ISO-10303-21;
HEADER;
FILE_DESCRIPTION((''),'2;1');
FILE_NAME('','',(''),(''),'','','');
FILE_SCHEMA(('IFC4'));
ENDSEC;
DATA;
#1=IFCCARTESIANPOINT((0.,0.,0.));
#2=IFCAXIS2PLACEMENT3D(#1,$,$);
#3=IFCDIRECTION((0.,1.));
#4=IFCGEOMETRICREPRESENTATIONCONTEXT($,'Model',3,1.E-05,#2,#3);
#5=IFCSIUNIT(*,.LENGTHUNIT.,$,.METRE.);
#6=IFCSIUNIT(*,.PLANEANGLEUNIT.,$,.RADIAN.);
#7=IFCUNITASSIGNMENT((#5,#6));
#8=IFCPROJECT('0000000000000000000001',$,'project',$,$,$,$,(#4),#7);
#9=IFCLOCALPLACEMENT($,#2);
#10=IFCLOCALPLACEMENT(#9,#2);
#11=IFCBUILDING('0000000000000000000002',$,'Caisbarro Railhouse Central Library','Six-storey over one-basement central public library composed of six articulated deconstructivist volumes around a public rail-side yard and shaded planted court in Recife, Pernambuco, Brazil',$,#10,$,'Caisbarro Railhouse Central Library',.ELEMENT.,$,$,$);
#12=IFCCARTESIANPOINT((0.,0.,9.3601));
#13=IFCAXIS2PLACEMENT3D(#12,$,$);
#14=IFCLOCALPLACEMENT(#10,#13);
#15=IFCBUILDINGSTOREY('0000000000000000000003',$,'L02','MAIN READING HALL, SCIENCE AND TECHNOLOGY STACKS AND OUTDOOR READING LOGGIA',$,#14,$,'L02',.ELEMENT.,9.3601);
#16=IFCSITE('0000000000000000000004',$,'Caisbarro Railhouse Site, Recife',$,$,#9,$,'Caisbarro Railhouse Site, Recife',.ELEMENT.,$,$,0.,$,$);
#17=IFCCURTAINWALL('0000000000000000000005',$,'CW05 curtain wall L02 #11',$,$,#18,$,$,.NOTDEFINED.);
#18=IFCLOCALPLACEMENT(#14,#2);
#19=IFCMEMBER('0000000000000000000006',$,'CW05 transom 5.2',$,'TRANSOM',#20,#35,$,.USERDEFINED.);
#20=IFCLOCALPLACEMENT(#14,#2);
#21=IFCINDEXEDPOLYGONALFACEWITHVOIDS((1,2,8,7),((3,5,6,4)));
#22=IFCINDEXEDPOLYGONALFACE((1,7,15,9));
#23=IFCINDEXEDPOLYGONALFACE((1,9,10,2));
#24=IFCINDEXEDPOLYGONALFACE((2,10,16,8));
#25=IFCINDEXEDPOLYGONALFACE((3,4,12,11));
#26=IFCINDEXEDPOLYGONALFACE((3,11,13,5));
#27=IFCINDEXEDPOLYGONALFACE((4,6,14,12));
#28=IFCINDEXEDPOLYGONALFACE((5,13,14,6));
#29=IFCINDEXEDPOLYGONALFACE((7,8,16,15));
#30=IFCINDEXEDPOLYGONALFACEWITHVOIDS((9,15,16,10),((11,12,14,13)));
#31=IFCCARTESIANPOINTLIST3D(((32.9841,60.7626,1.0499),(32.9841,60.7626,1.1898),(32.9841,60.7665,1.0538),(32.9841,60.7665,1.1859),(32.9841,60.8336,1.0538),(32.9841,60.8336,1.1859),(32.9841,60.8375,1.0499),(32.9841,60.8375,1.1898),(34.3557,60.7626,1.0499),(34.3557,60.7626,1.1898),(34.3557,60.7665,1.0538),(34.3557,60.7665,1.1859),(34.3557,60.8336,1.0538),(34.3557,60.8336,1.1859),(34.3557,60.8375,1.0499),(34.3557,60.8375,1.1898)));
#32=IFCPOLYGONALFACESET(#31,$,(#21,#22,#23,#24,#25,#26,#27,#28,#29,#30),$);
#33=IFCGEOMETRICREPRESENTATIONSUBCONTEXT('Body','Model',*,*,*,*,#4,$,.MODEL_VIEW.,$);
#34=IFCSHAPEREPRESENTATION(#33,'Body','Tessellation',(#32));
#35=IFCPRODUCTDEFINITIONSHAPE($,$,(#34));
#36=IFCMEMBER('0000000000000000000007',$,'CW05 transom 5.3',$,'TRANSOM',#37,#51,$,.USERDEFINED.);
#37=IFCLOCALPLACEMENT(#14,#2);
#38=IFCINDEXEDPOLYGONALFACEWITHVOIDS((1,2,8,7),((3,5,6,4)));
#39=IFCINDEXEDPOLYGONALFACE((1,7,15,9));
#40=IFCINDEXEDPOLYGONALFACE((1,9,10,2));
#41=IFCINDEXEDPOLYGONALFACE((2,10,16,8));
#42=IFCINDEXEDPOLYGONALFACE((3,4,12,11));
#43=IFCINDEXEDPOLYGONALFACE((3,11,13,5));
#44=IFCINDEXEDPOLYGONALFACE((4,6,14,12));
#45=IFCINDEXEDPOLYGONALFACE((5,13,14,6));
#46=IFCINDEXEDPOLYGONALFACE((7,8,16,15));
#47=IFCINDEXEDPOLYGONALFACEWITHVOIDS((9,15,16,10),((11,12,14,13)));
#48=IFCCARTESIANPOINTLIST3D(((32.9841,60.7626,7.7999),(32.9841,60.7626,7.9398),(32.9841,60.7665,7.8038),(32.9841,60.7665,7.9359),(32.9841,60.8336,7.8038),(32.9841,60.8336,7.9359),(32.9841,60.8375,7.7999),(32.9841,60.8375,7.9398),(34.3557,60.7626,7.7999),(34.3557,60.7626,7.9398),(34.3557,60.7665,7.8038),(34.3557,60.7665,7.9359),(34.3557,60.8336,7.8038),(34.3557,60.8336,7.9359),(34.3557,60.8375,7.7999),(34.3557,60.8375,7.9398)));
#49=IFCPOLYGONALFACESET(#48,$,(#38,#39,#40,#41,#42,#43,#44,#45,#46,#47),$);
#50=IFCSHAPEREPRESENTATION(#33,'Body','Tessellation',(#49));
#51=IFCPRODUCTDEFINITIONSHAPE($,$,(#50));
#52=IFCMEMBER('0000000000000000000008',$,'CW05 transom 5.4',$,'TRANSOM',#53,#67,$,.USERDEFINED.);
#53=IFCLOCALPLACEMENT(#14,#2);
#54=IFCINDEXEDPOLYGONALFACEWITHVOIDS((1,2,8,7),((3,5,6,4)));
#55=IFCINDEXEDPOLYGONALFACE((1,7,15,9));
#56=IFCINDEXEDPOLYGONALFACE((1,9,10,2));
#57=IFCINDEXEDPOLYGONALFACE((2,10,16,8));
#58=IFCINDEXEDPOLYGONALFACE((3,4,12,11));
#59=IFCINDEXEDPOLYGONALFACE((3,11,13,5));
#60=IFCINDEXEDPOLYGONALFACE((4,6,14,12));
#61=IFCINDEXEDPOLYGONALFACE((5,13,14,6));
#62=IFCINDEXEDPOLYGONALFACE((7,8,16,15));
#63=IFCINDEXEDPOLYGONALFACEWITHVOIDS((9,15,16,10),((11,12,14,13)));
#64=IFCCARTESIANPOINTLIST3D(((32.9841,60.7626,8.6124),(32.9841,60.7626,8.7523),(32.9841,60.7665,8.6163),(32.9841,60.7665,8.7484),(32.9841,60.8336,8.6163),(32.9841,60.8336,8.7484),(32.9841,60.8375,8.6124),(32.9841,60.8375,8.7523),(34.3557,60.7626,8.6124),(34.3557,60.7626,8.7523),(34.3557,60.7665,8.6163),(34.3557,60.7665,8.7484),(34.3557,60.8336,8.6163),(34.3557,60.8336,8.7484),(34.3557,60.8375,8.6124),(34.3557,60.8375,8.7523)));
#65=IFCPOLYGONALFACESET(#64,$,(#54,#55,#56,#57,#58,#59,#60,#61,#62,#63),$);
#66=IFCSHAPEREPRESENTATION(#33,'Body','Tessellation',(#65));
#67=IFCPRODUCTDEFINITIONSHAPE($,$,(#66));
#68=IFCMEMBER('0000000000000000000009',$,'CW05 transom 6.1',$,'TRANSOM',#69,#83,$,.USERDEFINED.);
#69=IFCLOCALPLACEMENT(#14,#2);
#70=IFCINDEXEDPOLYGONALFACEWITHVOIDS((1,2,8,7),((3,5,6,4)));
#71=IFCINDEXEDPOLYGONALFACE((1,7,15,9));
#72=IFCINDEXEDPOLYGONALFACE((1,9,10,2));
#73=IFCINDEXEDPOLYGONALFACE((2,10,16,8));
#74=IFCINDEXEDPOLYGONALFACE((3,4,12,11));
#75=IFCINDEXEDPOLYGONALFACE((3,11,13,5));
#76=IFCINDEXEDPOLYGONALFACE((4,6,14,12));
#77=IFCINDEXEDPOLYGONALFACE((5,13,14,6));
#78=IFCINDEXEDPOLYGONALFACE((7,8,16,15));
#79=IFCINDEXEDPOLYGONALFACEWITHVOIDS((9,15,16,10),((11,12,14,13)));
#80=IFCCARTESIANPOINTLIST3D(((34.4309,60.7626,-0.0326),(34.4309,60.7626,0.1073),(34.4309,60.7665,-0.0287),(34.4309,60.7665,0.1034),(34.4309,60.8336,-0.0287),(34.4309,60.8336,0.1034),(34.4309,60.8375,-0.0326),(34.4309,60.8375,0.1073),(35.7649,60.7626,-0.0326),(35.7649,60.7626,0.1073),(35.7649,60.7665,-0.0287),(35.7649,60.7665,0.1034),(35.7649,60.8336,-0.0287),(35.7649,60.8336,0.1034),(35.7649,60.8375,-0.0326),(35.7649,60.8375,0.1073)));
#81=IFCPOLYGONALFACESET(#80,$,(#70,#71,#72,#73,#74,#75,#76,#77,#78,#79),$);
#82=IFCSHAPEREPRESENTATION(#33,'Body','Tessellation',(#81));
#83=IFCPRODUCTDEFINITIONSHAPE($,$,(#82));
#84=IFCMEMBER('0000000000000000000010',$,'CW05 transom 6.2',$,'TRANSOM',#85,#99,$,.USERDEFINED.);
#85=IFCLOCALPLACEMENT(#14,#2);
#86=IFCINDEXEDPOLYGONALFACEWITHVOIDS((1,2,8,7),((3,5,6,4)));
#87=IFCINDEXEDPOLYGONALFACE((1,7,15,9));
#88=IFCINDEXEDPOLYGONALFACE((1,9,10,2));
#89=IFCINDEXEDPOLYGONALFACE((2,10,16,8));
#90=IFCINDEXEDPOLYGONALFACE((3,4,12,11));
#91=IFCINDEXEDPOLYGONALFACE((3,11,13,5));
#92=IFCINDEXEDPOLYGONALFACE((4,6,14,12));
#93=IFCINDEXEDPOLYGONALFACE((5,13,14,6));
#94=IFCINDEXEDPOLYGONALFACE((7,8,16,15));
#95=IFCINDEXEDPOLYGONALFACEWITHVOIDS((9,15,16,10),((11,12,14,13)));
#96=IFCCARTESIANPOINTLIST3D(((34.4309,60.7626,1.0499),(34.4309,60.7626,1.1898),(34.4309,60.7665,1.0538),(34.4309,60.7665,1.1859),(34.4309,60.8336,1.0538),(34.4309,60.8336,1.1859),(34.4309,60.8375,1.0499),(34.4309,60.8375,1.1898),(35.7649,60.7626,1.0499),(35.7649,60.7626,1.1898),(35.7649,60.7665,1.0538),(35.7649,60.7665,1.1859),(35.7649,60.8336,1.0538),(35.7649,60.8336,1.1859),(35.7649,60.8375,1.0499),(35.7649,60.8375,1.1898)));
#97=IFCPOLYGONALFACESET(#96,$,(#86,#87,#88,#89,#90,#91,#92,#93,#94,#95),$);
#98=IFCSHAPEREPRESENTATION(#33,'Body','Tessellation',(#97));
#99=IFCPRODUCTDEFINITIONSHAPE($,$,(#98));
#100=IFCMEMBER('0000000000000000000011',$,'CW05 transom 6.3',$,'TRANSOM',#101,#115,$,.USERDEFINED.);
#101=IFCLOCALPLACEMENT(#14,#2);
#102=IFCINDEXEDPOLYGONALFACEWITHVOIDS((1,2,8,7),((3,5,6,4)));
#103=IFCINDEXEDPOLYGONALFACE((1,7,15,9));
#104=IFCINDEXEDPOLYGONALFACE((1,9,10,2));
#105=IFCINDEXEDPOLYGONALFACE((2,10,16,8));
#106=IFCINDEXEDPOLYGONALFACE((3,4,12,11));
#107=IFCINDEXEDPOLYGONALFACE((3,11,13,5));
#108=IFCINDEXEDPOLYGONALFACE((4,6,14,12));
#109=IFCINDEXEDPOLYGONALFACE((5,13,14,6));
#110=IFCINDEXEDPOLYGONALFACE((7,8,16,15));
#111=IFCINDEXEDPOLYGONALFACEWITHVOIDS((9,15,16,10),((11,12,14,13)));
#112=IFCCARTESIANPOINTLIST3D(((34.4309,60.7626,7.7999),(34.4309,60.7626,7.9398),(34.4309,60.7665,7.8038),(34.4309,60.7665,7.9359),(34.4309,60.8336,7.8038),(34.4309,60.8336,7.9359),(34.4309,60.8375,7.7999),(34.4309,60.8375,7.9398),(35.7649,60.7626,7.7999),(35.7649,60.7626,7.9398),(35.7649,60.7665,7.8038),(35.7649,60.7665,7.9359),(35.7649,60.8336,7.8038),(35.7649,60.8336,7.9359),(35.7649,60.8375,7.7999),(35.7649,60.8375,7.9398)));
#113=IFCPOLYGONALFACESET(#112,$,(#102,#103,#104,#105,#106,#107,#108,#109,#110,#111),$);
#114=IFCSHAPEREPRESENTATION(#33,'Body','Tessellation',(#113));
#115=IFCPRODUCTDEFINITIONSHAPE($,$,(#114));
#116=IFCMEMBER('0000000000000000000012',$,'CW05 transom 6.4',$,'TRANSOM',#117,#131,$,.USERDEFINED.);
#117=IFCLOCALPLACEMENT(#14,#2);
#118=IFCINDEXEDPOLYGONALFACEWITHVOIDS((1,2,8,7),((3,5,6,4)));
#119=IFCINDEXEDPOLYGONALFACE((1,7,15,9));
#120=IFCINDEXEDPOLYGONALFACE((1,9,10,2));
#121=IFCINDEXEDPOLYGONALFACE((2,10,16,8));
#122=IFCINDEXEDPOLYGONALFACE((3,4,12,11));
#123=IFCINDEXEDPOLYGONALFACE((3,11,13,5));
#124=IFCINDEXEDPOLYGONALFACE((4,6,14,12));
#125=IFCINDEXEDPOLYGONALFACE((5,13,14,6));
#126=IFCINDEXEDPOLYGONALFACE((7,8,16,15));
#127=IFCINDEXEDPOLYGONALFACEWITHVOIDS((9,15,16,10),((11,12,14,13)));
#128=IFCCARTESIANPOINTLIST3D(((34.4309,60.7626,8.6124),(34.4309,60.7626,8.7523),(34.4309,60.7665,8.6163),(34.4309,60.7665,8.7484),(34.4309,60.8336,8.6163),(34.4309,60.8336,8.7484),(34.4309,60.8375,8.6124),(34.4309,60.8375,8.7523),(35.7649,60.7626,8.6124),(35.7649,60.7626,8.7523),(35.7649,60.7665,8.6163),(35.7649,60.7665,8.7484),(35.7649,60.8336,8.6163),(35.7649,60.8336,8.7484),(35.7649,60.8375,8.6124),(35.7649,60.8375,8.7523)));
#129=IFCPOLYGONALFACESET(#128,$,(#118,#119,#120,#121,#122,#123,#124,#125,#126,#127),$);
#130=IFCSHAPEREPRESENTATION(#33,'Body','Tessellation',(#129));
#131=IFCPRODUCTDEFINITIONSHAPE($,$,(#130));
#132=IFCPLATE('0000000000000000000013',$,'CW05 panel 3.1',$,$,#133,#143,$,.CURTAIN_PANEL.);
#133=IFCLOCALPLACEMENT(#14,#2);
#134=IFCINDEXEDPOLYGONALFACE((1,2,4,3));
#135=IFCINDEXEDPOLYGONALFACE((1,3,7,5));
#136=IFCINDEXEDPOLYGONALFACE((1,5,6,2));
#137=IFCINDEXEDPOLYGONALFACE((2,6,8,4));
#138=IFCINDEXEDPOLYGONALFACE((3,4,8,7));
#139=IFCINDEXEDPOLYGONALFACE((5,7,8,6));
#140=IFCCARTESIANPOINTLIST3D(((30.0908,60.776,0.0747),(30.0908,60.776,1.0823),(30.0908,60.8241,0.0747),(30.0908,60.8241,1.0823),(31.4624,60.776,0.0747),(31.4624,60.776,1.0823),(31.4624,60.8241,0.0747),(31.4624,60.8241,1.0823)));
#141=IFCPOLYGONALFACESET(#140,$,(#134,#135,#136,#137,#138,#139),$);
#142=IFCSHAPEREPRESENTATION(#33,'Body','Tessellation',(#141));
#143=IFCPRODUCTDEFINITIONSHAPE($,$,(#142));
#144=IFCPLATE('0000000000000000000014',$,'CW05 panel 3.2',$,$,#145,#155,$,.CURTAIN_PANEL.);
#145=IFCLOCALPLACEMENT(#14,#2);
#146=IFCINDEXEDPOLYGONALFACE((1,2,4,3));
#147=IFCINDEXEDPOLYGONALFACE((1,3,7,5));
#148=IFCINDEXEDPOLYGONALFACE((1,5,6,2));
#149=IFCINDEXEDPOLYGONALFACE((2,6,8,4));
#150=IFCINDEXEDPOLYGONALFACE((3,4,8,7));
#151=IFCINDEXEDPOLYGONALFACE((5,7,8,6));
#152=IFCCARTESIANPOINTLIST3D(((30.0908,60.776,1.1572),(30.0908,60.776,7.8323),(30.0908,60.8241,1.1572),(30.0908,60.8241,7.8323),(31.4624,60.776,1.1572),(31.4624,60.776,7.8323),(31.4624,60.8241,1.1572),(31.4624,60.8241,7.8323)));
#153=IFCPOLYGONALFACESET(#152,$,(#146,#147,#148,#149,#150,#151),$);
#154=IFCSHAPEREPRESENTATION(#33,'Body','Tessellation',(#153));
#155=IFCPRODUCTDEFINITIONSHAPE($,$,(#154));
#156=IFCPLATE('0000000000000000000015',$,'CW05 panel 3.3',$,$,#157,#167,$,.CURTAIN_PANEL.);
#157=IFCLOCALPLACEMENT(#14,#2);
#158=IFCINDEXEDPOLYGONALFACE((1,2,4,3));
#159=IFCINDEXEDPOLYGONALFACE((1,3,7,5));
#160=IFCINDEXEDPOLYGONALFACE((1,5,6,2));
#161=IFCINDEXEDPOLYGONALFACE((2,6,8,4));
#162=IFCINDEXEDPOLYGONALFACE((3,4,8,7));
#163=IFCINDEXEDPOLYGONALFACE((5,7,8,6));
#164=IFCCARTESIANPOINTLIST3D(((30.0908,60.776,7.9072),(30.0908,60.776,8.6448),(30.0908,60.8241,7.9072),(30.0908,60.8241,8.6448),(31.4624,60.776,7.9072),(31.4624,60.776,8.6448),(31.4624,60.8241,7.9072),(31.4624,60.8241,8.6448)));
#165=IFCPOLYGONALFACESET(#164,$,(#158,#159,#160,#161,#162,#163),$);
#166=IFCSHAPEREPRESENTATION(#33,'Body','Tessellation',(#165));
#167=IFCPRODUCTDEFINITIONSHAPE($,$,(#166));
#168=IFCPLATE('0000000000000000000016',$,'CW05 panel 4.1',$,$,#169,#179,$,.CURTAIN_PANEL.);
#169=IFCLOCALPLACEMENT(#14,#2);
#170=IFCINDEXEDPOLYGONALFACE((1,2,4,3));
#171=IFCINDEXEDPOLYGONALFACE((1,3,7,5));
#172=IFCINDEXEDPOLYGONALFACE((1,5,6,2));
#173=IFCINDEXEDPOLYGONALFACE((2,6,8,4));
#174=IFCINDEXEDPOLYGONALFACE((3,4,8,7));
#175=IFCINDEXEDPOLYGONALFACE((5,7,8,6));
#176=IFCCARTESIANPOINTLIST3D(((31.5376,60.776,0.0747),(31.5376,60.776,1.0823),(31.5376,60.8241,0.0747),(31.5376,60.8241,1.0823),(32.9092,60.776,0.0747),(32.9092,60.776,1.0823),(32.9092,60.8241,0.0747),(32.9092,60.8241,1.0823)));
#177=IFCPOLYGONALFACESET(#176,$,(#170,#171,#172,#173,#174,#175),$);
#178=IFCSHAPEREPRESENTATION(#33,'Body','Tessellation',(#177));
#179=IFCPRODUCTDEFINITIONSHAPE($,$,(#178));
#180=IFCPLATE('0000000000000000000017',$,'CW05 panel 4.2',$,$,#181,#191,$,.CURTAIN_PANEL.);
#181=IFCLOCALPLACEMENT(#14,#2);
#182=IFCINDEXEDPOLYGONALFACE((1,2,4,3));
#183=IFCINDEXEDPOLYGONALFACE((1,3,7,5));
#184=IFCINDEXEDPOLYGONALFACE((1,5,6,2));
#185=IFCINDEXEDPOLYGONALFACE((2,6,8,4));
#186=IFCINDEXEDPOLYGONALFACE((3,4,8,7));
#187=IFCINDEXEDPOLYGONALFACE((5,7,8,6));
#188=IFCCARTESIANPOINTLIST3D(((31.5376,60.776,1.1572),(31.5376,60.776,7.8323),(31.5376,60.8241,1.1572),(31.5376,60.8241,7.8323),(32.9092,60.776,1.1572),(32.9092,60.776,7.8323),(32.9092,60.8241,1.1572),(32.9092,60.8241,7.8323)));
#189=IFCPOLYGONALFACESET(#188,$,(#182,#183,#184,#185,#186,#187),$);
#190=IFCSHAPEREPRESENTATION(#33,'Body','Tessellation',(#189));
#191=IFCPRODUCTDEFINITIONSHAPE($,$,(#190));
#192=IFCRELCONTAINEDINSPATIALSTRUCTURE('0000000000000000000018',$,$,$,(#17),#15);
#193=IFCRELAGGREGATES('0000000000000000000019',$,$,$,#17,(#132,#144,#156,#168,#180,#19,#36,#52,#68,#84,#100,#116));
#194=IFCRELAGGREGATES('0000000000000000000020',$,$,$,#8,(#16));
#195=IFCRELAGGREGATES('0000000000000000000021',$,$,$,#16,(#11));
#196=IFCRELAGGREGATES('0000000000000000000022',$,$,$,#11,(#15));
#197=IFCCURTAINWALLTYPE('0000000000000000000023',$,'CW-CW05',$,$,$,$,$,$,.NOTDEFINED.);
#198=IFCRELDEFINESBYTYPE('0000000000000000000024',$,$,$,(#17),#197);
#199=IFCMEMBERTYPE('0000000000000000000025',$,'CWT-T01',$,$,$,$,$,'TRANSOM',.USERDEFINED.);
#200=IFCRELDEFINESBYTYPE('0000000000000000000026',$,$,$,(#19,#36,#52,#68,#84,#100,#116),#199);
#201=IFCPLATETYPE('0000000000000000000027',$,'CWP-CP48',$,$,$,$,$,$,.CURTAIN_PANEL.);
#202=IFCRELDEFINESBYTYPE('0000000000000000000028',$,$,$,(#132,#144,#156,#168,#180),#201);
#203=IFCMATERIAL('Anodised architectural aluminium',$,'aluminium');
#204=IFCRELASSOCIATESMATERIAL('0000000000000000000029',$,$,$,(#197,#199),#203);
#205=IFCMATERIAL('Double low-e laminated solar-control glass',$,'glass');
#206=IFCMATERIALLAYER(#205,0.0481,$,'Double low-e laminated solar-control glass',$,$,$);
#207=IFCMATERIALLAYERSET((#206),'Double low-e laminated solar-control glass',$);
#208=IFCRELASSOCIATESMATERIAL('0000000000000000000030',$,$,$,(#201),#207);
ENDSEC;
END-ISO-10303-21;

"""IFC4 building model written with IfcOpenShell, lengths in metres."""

from ifc_helpers import new_model, si_unit, direction, frame, origin, origin_2d, place, context, subcontext, project, spatial, rectangle, hollow_rectangle, extrude, material, layer, layer_set, material_profile, profile_set, type_object, element, aggregate, save


model = new_model("IFC4")

# Units and contexts
model_context = context("Model", 3, precision=1e-05, world=origin(), true_north=direction((0.0, 1.0)))
body_context = subcontext(model_context, "Body", "Model", "MODEL_VIEW")
ifc_project = project(units=[si_unit("LENGTHUNIT", "METRE"), si_unit("PLANEANGLEUNIT", "RADIAN")], contexts=[model_context])

# Site, building, storey
site_placement = place(None, origin())
site = spatial("IfcSite", under=ifc_project, at=site_placement, Name="Caisbarro Railhouse Site, Recife", LongName="Caisbarro Railhouse Site, Recife", CompositionType="ELEMENT", RefElevation=0.0)
building_placement = place(site_placement, origin())
building = spatial("IfcBuilding", under=site, at=building_placement, Name="Caisbarro Railhouse Central Library", Description="Six-storey over one-basement central public library composed of six articulated deconstructivist volumes around a public rail-side yard and shaded planted court in Recife, Pernambuco, Brazil", LongName="Caisbarro Railhouse Central Library", CompositionType="ELEMENT")
storey_placement = place(building_placement, frame((0.0, 0.0, 9.3601)))
storey = spatial("IfcBuildingStorey", under=building, at=storey_placement, Name="L02", Description="MAIN READING HALL, SCIENCE AND TECHNOLOGY STACKS AND OUTDOOR READING LOGGIA", LongName="L02", CompositionType="ELEMENT", Elevation=9.3601)

# Curtain wall, members, plates
ifc_material_1 = material(Name="Anodised architectural aluminium", Category="aluminium")
curtain_wall_type = type_object("IfcCurtainWallType", Name="CW-CW05", PredefinedType="NOTDEFINED", material=ifc_material_1)
curtain_wall_placement = place(storey_placement, origin())
curtain_wall = element("IfcCurtainWall", 1, at=curtain_wall_placement, inside=storey, type_object=curtain_wall_type, Name="CW05 curtain wall L02 #11", PredefinedType="NOTDEFINED")
ifc_material_profile_1 = material_profile(ifc_material_1, hollow_rectangle(XDim=0.075, YDim=0.1399, WallThickness=0.0039, at=origin_2d()), Name="ALU-TRN-75X140")
ifc_profile_set_1 = profile_set([ifc_material_profile_1], Name="Anodised architectural aluminium")
member_type_1 = type_object("IfcMemberType", Name="CWT-T01", ElementType="TRANSOM", PredefinedType="USERDEFINED", material=ifc_profile_set_1)
member_1_placement = place(storey_placement, frame((32.9841, 60.8, 1.1199), z_axis=(1.0, 0.0, 0.0), x_axis=(0.0, 1.0, 0.0)))
member_1 = element("IfcMember", 2, at=member_1_placement, type_object=member_type_1, Name="CW05 transom 5.2", ObjectType="TRANSOM", PredefinedType="USERDEFINED", context=body_context, shape_type="SweptSolid", body=[
    extrude(hollow_rectangle(XDim=0.075, YDim=0.1399, WallThickness=0.0039, at=origin_2d()), origin(), (0.0, 0.0, 1.0), 1.3716),
])
member_2_placement = place(storey_placement, frame((32.9841, 60.8, 7.8699), z_axis=(1.0, 0.0, 0.0), x_axis=(0.0, 1.0, 0.0)))
member_2 = element("IfcMember", 3, at=member_2_placement, type_object=member_type_1, Name="CW05 transom 5.3", ObjectType="TRANSOM", PredefinedType="USERDEFINED", context=body_context, shape_type="SweptSolid", body=[
    extrude(hollow_rectangle(XDim=0.075, YDim=0.1399, WallThickness=0.0039, at=origin_2d()), origin(), (0.0, 0.0, 1.0), 1.3716),
])
member_3_placement = place(storey_placement, frame((32.9841, 60.8, 8.6824), z_axis=(1.0, 0.0, 0.0), x_axis=(0.0, 1.0, 0.0)))
member_3 = element("IfcMember", 4, at=member_3_placement, type_object=member_type_1, Name="CW05 transom 5.4", ObjectType="TRANSOM", PredefinedType="USERDEFINED", context=body_context, shape_type="SweptSolid", body=[
    extrude(hollow_rectangle(XDim=0.075, YDim=0.1399, WallThickness=0.0039, at=origin_2d()), origin(), (0.0, 0.0, 1.0), 1.3716),
])
member_4_placement = place(storey_placement, frame((34.4309, 60.8, 0.0374), z_axis=(1.0, 0.0, 0.0), x_axis=(0.0, 1.0, 0.0)))
member_4 = element("IfcMember", 5, at=member_4_placement, type_object=member_type_1, Name="CW05 transom 6.1", ObjectType="TRANSOM", PredefinedType="USERDEFINED", context=body_context, shape_type="SweptSolid", body=[
    extrude(hollow_rectangle(XDim=0.075, YDim=0.1399, WallThickness=0.0039, at=origin_2d()), origin(), (0.0, 0.0, 1.0), 1.334),
])
member_5_placement = place(storey_placement, frame((34.4309, 60.8, 1.1199), z_axis=(1.0, 0.0, 0.0), x_axis=(0.0, 1.0, 0.0)))
member_5 = element("IfcMember", 6, at=member_5_placement, type_object=member_type_1, Name="CW05 transom 6.2", ObjectType="TRANSOM", PredefinedType="USERDEFINED", context=body_context, shape_type="SweptSolid", body=[
    extrude(hollow_rectangle(XDim=0.075, YDim=0.1399, WallThickness=0.0039, at=origin_2d()), origin(), (0.0, 0.0, 1.0), 1.334),
])
member_6_placement = place(storey_placement, frame((34.4309, 60.8, 7.8699), z_axis=(1.0, 0.0, 0.0), x_axis=(0.0, 1.0, 0.0)))
member_6 = element("IfcMember", 7, at=member_6_placement, type_object=member_type_1, Name="CW05 transom 6.3", ObjectType="TRANSOM", PredefinedType="USERDEFINED", context=body_context, shape_type="SweptSolid", body=[
    extrude(hollow_rectangle(XDim=0.075, YDim=0.1399, WallThickness=0.0039, at=origin_2d()), origin(), (0.0, 0.0, 1.0), 1.334),
])
member_7_placement = place(storey_placement, frame((34.4309, 60.8, 8.6824), z_axis=(1.0, 0.0, 0.0), x_axis=(0.0, 1.0, 0.0)))
member_7 = element("IfcMember", 8, at=member_7_placement, type_object=member_type_1, Name="CW05 transom 6.4", ObjectType="TRANSOM", PredefinedType="USERDEFINED", context=body_context, shape_type="SweptSolid", body=[
    extrude(hollow_rectangle(XDim=0.075, YDim=0.1399, WallThickness=0.0039, at=origin_2d()), origin(), (0.0, 0.0, 1.0), 1.334),
])
ifc_material_2 = material(Name="Double low-e laminated solar-control glass", Category="glass")
ifc_layer = layer(ifc_material_2, 0.0481, Name="Double low-e laminated solar-control glass")
ifc_layer_set = layer_set([ifc_layer], Name="Double low-e laminated solar-control glass")
plate_type = type_object("IfcPlateType", Name="CWP-CP48", PredefinedType="CURTAIN_PANEL", material=ifc_layer_set)
plate_1_placement = place(storey_placement, frame((30.7766, 60.8, 0.0747), z_axis=(0.0, 0.0, 1.0), x_axis=(1.0, 0.0, 0.0)))
plate_1 = element("IfcPlate", 9, at=plate_1_placement, type_object=plate_type, Name="CW05 panel 3.1", PredefinedType="CURTAIN_PANEL", context=body_context, shape_type="SweptSolid", body=[
    extrude(rectangle(XDim=1.3716, YDim=0.0481, at=origin_2d()), origin(), (0.0, 0.0, 1.0), 1.0076),
])
plate_2_placement = place(storey_placement, frame((30.7766, 60.8, 1.1572), z_axis=(0.0, 0.0, 1.0), x_axis=(1.0, 0.0, 0.0)))
plate_2 = element("IfcPlate", 10, at=plate_2_placement, type_object=plate_type, Name="CW05 panel 3.2", PredefinedType="CURTAIN_PANEL", context=body_context, shape_type="SweptSolid", body=[
    extrude(rectangle(XDim=1.3716, YDim=0.0481, at=origin_2d()), origin(), (0.0, 0.0, 1.0), 6.675),
])
plate_3_placement = place(storey_placement, frame((30.7766, 60.8, 7.9072), z_axis=(0.0, 0.0, 1.0), x_axis=(1.0, 0.0, 0.0)))
plate_3 = element("IfcPlate", 11, at=plate_3_placement, type_object=plate_type, Name="CW05 panel 3.3", PredefinedType="CURTAIN_PANEL", context=body_context, shape_type="SweptSolid", body=[
    extrude(rectangle(XDim=1.3716, YDim=0.0481, at=origin_2d()), origin(), (0.0, 0.0, 1.0), 0.7375),
])
plate_4_placement = place(storey_placement, frame((32.2234, 60.8, 0.0747), z_axis=(0.0, 0.0, 1.0), x_axis=(1.0, 0.0, 0.0)))
plate_4 = element("IfcPlate", 12, at=plate_4_placement, type_object=plate_type, Name="CW05 panel 4.1", PredefinedType="CURTAIN_PANEL", context=body_context, shape_type="SweptSolid", body=[
    extrude(rectangle(XDim=1.3716, YDim=0.0481, at=origin_2d()), origin(), (0.0, 0.0, 1.0), 1.0076),
])
plate_5_placement = place(storey_placement, frame((32.2234, 60.8, 1.1572), z_axis=(0.0, 0.0, 1.0), x_axis=(1.0, 0.0, 0.0)))
plate_5 = element("IfcPlate", 13, at=plate_5_placement, type_object=plate_type, Name="CW05 panel 4.2", PredefinedType="CURTAIN_PANEL", context=body_context, shape_type="SweptSolid", body=[
    extrude(rectangle(XDim=1.3716, YDim=0.0481, at=origin_2d()), origin(), (0.0, 0.0, 1.0), 6.675),
])
aggregate(curtain_wall, [plate_1, plate_2, plate_3, plate_4, plate_5, member_1, member_2, member_3, member_4, member_5, member_6, member_7])

save(model, "model.ifc")
